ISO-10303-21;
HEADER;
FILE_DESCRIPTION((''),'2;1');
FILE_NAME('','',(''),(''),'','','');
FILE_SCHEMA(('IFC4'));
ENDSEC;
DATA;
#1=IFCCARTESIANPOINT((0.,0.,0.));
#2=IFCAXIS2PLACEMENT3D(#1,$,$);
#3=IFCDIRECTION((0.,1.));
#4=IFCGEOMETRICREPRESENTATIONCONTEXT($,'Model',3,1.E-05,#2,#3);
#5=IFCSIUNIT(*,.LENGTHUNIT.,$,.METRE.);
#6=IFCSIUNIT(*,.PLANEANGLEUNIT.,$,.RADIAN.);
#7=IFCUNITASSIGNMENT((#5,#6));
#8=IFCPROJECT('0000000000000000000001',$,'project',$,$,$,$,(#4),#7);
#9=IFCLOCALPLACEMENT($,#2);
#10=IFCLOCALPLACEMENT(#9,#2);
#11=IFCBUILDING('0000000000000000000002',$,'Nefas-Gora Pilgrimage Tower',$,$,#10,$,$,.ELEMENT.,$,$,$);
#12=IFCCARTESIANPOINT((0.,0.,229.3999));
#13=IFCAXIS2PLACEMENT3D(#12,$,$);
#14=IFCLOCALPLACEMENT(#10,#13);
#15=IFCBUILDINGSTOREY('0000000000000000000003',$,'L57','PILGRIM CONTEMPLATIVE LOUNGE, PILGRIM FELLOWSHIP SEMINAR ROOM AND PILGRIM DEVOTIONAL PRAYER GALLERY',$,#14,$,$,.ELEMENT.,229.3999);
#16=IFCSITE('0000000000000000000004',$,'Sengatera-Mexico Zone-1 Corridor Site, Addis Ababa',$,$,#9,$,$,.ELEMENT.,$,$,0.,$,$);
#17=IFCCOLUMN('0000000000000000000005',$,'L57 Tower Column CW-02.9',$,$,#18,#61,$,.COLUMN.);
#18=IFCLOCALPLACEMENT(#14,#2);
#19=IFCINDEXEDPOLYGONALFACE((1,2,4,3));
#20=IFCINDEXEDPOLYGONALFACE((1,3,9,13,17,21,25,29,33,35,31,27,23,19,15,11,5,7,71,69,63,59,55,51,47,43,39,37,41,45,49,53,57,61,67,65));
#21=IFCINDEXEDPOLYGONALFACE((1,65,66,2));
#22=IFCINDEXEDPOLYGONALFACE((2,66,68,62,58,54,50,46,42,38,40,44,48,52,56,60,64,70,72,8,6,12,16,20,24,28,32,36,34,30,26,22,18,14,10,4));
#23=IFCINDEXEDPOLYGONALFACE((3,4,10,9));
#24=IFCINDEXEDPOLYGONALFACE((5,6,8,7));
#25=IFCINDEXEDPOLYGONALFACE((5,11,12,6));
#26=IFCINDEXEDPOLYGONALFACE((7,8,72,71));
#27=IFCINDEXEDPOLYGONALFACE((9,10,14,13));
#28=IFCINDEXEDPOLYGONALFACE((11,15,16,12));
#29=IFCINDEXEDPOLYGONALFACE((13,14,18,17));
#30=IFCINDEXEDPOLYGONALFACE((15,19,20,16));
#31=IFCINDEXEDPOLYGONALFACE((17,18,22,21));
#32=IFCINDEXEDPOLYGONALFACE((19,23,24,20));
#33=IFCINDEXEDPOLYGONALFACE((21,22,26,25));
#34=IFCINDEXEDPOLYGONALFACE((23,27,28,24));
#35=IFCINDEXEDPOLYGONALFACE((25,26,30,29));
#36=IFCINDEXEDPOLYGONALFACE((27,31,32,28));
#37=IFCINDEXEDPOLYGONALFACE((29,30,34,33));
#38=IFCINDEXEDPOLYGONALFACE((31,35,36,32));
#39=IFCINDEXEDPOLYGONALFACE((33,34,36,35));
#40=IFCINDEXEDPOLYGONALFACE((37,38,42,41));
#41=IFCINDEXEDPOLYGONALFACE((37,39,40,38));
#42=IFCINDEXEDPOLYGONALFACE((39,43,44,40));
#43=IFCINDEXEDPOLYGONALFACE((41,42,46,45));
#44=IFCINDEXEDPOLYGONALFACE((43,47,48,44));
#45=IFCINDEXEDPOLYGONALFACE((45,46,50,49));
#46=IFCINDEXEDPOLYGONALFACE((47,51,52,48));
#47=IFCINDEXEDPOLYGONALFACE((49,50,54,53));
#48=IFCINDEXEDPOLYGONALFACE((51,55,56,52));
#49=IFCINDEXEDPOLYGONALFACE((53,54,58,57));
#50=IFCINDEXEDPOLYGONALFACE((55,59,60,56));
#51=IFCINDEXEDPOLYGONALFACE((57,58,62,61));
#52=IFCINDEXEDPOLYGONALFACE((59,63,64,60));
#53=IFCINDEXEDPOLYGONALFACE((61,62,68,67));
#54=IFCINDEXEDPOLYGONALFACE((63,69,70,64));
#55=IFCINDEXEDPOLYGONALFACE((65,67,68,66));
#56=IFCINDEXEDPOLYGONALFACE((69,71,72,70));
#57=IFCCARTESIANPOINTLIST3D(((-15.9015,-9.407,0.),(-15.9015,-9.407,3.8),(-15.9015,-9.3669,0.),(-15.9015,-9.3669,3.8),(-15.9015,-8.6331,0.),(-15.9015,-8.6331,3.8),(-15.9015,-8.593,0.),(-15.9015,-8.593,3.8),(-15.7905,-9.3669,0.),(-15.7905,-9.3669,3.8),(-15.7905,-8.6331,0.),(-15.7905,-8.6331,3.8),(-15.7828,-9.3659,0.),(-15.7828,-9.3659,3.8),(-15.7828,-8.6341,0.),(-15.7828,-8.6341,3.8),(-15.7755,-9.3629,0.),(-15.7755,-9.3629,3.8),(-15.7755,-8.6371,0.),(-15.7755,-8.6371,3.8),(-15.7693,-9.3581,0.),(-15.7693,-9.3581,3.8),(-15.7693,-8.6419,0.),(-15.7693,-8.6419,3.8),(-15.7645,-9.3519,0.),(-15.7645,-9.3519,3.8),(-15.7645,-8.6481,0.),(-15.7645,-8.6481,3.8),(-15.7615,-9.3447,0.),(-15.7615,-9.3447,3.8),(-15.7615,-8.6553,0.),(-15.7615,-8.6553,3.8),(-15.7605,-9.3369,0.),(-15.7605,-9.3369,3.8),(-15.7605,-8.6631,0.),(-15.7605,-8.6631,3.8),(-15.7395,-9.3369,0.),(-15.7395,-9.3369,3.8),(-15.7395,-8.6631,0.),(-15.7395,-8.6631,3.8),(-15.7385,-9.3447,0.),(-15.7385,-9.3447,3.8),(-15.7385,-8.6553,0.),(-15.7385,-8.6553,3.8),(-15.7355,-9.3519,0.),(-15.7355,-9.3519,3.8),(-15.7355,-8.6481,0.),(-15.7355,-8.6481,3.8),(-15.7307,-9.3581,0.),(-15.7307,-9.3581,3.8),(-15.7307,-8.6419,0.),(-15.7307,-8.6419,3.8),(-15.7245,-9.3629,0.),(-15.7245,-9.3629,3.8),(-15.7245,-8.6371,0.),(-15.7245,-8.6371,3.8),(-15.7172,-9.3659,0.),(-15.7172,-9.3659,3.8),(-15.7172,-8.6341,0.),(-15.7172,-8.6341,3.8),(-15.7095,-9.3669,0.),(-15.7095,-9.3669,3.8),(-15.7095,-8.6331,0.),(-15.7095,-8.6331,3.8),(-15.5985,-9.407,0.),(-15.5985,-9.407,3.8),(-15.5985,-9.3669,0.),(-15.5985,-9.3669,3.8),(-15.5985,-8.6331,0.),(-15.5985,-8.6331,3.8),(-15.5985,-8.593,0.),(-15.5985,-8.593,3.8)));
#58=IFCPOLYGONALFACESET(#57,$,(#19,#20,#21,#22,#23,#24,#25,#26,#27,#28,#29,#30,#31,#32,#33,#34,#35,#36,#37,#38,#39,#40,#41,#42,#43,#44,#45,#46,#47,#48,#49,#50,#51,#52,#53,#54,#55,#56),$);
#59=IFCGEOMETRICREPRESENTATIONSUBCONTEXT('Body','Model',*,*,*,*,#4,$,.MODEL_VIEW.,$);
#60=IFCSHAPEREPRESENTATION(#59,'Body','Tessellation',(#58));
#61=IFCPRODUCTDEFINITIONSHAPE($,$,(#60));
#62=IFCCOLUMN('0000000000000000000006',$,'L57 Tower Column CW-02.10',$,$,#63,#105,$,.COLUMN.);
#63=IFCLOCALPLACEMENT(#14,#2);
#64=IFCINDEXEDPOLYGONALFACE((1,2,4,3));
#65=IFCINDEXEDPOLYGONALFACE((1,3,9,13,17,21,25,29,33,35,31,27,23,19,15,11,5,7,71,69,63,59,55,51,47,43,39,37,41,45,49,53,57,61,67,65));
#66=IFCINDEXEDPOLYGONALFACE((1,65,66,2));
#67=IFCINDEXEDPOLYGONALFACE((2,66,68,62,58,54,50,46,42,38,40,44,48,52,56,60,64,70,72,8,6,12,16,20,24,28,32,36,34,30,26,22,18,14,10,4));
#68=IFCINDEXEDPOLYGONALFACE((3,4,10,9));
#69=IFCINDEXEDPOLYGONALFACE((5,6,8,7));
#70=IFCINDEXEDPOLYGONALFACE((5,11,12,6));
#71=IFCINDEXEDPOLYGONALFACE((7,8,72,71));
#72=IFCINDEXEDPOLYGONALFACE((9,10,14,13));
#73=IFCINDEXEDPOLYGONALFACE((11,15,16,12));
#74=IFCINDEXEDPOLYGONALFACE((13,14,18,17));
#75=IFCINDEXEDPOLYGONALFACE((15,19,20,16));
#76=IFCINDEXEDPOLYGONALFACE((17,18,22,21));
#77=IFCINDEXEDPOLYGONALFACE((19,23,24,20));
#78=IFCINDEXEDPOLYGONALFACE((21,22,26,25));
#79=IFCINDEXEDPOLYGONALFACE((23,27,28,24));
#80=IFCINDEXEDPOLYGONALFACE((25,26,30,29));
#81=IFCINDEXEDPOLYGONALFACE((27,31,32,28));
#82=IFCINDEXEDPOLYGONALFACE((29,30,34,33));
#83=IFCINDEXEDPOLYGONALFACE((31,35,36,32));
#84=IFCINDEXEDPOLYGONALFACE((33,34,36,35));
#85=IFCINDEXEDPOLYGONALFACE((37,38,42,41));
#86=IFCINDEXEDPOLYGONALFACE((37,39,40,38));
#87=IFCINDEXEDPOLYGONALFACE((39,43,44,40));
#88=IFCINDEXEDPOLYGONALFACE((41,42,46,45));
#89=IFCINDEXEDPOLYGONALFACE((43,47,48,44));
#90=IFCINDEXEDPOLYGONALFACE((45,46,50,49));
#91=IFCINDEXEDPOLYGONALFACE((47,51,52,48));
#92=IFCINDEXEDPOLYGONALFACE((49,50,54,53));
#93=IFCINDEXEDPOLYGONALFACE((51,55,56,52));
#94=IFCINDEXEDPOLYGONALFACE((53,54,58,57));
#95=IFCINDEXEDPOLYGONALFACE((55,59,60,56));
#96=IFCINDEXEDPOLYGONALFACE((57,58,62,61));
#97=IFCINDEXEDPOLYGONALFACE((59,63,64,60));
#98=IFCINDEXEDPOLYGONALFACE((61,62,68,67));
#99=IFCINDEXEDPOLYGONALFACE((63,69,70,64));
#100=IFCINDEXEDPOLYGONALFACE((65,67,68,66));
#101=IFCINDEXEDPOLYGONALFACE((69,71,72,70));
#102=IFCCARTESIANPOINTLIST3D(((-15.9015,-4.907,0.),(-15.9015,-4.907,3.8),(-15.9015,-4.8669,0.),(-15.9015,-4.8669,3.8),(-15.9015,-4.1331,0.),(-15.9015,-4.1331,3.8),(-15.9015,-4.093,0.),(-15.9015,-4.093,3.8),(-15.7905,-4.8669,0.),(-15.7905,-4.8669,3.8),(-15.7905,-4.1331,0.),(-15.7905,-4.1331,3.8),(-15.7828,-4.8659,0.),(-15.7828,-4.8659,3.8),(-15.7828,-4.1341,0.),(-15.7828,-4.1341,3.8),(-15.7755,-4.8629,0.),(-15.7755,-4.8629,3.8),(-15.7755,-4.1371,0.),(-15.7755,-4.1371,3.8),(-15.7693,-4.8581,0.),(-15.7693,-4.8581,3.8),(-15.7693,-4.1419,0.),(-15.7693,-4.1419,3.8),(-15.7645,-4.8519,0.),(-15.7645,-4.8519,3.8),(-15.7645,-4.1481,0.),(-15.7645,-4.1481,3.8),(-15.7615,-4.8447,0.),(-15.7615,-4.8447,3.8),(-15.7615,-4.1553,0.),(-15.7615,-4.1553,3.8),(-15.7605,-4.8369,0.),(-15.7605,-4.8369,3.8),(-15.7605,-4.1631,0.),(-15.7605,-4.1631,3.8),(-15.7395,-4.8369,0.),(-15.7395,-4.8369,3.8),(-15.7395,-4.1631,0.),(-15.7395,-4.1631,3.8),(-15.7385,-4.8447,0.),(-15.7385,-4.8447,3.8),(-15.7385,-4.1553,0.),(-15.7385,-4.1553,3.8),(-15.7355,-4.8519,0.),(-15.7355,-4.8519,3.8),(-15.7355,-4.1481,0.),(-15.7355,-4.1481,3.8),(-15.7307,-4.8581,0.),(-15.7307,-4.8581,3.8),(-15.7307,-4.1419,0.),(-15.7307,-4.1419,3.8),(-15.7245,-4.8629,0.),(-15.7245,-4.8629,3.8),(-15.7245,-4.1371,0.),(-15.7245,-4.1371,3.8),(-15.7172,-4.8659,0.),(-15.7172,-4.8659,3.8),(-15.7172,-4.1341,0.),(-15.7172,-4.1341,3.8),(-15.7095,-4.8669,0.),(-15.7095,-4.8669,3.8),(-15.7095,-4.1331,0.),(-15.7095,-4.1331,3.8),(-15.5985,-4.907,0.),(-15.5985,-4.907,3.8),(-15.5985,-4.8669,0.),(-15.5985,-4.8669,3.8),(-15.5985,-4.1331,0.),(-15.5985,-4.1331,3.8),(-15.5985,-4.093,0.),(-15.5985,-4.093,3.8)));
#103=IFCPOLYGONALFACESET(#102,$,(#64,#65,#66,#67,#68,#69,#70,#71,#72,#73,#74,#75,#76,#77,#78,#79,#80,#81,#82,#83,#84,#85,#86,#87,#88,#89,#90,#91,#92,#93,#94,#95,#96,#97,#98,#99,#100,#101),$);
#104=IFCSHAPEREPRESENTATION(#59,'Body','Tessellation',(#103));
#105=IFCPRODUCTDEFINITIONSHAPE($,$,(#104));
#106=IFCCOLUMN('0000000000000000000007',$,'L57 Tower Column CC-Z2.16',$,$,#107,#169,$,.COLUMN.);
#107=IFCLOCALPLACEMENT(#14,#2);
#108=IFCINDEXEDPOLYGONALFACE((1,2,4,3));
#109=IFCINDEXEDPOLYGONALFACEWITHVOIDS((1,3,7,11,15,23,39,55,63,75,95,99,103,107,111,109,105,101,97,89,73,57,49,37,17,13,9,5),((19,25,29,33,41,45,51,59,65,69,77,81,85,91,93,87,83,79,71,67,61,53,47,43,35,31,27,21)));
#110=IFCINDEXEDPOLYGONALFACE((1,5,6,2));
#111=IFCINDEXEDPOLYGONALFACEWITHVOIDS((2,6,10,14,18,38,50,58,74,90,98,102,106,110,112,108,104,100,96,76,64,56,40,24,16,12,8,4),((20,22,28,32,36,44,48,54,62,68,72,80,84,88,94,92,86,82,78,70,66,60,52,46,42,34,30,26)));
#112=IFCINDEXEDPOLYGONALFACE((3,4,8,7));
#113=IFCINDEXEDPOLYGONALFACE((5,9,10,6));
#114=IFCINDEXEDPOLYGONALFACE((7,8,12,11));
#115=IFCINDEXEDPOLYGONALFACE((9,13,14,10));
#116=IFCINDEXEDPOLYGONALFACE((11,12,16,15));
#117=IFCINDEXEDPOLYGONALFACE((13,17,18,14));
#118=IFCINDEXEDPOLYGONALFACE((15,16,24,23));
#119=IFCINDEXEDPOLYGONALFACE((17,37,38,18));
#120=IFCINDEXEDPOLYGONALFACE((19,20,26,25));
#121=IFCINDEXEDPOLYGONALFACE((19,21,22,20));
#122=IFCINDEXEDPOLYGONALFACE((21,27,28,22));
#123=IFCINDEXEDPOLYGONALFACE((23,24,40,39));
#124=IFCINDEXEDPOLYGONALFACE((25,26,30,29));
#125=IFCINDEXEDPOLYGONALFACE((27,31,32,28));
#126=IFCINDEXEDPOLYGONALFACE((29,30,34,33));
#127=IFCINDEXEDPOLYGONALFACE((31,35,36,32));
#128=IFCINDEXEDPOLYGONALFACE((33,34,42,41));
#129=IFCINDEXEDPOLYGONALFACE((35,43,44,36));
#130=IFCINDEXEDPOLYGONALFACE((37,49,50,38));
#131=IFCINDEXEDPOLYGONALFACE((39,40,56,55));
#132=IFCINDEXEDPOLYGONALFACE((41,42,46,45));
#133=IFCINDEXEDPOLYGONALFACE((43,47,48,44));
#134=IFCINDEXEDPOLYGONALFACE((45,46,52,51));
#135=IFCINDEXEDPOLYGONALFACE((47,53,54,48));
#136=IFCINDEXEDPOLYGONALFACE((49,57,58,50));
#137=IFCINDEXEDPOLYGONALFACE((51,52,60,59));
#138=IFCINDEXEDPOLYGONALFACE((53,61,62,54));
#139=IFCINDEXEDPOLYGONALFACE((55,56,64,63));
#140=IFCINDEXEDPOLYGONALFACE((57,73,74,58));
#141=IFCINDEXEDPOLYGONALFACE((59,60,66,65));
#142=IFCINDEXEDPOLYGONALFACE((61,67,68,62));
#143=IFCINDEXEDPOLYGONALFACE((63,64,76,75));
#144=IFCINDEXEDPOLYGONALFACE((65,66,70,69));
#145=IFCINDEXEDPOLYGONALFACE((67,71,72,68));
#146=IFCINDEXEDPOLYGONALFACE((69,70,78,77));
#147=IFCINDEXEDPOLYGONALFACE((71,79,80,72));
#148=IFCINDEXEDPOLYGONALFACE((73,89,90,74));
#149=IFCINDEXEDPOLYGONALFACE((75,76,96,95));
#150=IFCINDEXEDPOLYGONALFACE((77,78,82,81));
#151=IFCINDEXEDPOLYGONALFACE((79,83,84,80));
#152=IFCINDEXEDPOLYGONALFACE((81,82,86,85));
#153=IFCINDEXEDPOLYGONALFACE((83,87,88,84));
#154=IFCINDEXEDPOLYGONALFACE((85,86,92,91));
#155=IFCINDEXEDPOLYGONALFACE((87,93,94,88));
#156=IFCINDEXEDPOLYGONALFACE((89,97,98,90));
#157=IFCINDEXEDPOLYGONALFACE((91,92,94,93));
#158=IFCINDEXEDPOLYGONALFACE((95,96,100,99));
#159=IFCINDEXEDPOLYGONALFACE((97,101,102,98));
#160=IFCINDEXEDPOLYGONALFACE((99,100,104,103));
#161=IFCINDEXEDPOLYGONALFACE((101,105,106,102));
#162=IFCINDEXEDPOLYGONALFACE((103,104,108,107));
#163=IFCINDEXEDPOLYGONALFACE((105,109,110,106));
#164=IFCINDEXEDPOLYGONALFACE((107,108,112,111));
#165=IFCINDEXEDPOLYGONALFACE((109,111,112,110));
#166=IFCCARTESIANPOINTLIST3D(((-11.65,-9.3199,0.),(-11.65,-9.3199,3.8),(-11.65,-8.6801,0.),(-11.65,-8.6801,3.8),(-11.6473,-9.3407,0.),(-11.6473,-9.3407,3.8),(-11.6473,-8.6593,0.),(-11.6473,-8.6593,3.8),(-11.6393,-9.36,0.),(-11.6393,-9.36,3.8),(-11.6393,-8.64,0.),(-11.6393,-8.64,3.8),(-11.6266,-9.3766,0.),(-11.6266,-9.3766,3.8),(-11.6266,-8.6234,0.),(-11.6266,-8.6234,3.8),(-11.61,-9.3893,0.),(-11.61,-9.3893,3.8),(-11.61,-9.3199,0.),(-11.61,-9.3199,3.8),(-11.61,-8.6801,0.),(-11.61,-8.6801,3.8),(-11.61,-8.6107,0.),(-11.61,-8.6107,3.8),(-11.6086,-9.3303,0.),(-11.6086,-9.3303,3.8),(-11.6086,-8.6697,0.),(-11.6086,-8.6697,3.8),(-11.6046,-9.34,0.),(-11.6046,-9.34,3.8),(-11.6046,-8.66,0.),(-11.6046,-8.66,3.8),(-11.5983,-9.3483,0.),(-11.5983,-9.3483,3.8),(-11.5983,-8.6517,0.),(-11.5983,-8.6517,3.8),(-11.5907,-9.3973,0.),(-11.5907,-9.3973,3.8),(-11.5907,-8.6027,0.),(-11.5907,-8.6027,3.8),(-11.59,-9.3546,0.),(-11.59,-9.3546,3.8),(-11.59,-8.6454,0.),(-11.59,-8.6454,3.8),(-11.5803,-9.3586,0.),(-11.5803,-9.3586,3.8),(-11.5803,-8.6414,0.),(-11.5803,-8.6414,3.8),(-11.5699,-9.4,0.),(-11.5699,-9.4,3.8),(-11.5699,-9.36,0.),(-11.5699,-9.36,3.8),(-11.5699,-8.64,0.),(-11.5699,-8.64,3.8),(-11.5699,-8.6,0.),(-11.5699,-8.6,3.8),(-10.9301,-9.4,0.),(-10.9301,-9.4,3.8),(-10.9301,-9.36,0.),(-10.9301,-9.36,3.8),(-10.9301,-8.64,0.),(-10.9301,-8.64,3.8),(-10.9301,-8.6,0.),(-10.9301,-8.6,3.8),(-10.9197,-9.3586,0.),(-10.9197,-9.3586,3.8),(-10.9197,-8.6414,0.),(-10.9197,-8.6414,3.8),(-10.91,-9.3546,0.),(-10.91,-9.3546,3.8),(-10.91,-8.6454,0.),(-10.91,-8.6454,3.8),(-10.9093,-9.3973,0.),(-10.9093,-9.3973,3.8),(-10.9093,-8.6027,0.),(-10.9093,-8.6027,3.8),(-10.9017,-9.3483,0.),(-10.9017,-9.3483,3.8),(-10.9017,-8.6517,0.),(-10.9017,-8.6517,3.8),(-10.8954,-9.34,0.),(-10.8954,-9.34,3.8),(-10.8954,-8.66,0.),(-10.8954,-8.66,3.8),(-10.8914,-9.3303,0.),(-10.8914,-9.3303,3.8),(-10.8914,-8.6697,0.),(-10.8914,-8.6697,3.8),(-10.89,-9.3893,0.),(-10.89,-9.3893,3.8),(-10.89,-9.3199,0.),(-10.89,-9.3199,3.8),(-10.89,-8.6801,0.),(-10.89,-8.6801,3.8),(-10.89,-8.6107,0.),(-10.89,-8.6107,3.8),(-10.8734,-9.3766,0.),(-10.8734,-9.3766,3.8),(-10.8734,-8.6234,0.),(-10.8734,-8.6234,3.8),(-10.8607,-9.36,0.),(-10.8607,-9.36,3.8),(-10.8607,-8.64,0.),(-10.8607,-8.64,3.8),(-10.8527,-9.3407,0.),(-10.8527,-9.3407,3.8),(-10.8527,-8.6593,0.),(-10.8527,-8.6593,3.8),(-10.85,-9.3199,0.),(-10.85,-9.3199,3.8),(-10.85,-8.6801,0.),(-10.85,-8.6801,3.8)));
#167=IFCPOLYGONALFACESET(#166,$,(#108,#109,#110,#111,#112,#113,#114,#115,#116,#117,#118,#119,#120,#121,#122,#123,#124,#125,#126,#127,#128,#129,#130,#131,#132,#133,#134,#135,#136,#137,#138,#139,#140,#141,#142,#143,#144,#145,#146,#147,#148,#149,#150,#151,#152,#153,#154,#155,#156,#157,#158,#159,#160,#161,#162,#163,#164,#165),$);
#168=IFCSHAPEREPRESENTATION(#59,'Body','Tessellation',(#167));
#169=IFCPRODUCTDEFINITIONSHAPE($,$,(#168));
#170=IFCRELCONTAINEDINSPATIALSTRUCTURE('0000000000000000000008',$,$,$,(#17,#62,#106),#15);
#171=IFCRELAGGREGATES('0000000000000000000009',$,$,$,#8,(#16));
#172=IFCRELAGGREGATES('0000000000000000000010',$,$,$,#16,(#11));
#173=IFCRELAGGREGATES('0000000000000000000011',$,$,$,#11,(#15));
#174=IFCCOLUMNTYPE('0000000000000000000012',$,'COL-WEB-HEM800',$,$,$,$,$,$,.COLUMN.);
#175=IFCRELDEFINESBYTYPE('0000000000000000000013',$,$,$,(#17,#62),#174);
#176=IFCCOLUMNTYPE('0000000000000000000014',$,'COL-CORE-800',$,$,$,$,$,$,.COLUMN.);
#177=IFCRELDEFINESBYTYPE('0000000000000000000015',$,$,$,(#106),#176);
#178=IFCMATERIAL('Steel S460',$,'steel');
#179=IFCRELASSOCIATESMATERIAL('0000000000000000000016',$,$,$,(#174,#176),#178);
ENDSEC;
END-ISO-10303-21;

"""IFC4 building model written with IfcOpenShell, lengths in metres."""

from ifc_helpers import new_model, si_unit, direction, frame, origin, origin_2d, place, context, subcontext, project, spatial, hollow_rectangle, i_section, extrude, source, transform, mapped, material, material_profile, profile_set, type_object, element, save


model = new_model("IFC4")

# Units and contexts
model_context = context("Model", 3, precision=1e-05, world=origin(), true_north=direction((0.0, 1.0)))
body_context = subcontext(model_context, "Body", "Model", "MODEL_VIEW")
ifc_project = project(units=[si_unit("LENGTHUNIT", "METRE"), si_unit("PLANEANGLEUNIT", "RADIAN")], contexts=[model_context])

# Site, building, storey
site_placement = place(None, origin())
site = spatial("IfcSite", under=ifc_project, at=site_placement, Name="Sengatera-Mexico Zone-1 Corridor Site, Addis Ababa", CompositionType="ELEMENT", RefElevation=0.0)
building_placement = place(site_placement, origin())
building = spatial("IfcBuilding", under=site, at=building_placement, Name="Nefas-Gora Pilgrimage Tower", CompositionType="ELEMENT")
storey_placement = place(building_placement, frame((0.0, 0.0, 229.3999)))
storey = spatial("IfcBuildingStorey", under=building, at=storey_placement, Name="L57", Description="PILGRIM CONTEMPLATIVE LOUNGE, PILGRIM FELLOWSHIP SEMINAR ROOM AND PILGRIM DEVOTIONAL PRAYER GALLERY", CompositionType="ELEMENT", Elevation=229.3999)

# Columns
ifc_material_1 = material(Name="Steel S460", Category="steel")
ifc_material_profile_1 = material_profile(ifc_material_1, i_section(OverallWidth=0.303, OverallDepth=0.814, WebThickness=0.021, FlangeThickness=0.04, FilletRadius=0.03, at=origin_2d()), Name="HEM 800")
ifc_profile_set_1 = profile_set([ifc_material_profile_1], Name="Steel S460")
column_type_1 = type_object("IfcColumnType", Name="COL-WEB-HEM800", PredefinedType="COLUMN", material=ifc_profile_set_1)
shared_shape_1 = source(origin(), body_context, "Body", "SweptSolid", [
    extrude(i_section(OverallWidth=0.303, OverallDepth=0.814, WebThickness=0.021, FlangeThickness=0.04, FilletRadius=0.03, at=origin_2d()), origin(), (0.0, 0.0, 1.0), 3.8),
])
for number, where, z_axis, x_axis, name in (
    (1, (-15.75, -9.0, 0.0), (0.0, 0.0, 1.0), (1.0, 0.0, 0.0), "L57 Tower Column CW-02.9"),
    (2, (-15.75, -4.5, 0.0), (0.0, 0.0, 1.0), (1.0, 0.0, 0.0), "L57 Tower Column CW-02.10"),
):
    element("IfcColumn", number, at=place(storey_placement, frame(where, z_axis=z_axis, x_axis=x_axis)), inside=storey, type_object=column_type_1, Name=name, PredefinedType="COLUMN", context=body_context, shape_type="MappedRepresentation", body=[
        mapped(shared_shape_1, transform((0.0, 0.0, 0.0), x_axis=(1.0, 0.0, 0.0), y_axis=(0.0, 1.0, 0.0), z_axis=(0.0, 0.0, 1.0), scale=1.0)),
    ])
ifc_material_profile_2 = material_profile(ifc_material_1, hollow_rectangle(XDim=0.8, YDim=0.8, WallThickness=0.04, InnerFilletRadius=0.04, OuterFilletRadius=0.0801, at=origin_2d()), Name="BOX 800x800x40")
ifc_profile_set_2 = profile_set([ifc_material_profile_2], Name="Steel S460")
column_type_2 = type_object("IfcColumnType", Name="COL-CORE-800", PredefinedType="COLUMN", material=ifc_profile_set_2)
shared_shape_2 = source(origin(), body_context, "Body", "SweptSolid", [
    extrude(hollow_rectangle(XDim=0.8, YDim=0.8, WallThickness=0.04, InnerFilletRadius=0.04, OuterFilletRadius=0.0801, at=origin_2d()), origin(), (0.0, 0.0, 1.0), 3.8),
])
column_placement = place(storey_placement, frame((-11.25, -9.0, 0.0), z_axis=(0.0, 0.0, 1.0), x_axis=(1.0, 0.0, 0.0)))
element("IfcColumn", 3, at=column_placement, inside=storey, type_object=column_type_2, Name="L57 Tower Column CC-Z2.16", PredefinedType="COLUMN", context=body_context, shape_type="MappedRepresentation", body=[
    mapped(shared_shape_2, transform((0.0, 0.0, 0.0), x_axis=(1.0, 0.0, 0.0), y_axis=(0.0, 1.0, 0.0), z_axis=(0.0, 0.0, 1.0), scale=1.0)),
])

save(model, "model.ifc")
